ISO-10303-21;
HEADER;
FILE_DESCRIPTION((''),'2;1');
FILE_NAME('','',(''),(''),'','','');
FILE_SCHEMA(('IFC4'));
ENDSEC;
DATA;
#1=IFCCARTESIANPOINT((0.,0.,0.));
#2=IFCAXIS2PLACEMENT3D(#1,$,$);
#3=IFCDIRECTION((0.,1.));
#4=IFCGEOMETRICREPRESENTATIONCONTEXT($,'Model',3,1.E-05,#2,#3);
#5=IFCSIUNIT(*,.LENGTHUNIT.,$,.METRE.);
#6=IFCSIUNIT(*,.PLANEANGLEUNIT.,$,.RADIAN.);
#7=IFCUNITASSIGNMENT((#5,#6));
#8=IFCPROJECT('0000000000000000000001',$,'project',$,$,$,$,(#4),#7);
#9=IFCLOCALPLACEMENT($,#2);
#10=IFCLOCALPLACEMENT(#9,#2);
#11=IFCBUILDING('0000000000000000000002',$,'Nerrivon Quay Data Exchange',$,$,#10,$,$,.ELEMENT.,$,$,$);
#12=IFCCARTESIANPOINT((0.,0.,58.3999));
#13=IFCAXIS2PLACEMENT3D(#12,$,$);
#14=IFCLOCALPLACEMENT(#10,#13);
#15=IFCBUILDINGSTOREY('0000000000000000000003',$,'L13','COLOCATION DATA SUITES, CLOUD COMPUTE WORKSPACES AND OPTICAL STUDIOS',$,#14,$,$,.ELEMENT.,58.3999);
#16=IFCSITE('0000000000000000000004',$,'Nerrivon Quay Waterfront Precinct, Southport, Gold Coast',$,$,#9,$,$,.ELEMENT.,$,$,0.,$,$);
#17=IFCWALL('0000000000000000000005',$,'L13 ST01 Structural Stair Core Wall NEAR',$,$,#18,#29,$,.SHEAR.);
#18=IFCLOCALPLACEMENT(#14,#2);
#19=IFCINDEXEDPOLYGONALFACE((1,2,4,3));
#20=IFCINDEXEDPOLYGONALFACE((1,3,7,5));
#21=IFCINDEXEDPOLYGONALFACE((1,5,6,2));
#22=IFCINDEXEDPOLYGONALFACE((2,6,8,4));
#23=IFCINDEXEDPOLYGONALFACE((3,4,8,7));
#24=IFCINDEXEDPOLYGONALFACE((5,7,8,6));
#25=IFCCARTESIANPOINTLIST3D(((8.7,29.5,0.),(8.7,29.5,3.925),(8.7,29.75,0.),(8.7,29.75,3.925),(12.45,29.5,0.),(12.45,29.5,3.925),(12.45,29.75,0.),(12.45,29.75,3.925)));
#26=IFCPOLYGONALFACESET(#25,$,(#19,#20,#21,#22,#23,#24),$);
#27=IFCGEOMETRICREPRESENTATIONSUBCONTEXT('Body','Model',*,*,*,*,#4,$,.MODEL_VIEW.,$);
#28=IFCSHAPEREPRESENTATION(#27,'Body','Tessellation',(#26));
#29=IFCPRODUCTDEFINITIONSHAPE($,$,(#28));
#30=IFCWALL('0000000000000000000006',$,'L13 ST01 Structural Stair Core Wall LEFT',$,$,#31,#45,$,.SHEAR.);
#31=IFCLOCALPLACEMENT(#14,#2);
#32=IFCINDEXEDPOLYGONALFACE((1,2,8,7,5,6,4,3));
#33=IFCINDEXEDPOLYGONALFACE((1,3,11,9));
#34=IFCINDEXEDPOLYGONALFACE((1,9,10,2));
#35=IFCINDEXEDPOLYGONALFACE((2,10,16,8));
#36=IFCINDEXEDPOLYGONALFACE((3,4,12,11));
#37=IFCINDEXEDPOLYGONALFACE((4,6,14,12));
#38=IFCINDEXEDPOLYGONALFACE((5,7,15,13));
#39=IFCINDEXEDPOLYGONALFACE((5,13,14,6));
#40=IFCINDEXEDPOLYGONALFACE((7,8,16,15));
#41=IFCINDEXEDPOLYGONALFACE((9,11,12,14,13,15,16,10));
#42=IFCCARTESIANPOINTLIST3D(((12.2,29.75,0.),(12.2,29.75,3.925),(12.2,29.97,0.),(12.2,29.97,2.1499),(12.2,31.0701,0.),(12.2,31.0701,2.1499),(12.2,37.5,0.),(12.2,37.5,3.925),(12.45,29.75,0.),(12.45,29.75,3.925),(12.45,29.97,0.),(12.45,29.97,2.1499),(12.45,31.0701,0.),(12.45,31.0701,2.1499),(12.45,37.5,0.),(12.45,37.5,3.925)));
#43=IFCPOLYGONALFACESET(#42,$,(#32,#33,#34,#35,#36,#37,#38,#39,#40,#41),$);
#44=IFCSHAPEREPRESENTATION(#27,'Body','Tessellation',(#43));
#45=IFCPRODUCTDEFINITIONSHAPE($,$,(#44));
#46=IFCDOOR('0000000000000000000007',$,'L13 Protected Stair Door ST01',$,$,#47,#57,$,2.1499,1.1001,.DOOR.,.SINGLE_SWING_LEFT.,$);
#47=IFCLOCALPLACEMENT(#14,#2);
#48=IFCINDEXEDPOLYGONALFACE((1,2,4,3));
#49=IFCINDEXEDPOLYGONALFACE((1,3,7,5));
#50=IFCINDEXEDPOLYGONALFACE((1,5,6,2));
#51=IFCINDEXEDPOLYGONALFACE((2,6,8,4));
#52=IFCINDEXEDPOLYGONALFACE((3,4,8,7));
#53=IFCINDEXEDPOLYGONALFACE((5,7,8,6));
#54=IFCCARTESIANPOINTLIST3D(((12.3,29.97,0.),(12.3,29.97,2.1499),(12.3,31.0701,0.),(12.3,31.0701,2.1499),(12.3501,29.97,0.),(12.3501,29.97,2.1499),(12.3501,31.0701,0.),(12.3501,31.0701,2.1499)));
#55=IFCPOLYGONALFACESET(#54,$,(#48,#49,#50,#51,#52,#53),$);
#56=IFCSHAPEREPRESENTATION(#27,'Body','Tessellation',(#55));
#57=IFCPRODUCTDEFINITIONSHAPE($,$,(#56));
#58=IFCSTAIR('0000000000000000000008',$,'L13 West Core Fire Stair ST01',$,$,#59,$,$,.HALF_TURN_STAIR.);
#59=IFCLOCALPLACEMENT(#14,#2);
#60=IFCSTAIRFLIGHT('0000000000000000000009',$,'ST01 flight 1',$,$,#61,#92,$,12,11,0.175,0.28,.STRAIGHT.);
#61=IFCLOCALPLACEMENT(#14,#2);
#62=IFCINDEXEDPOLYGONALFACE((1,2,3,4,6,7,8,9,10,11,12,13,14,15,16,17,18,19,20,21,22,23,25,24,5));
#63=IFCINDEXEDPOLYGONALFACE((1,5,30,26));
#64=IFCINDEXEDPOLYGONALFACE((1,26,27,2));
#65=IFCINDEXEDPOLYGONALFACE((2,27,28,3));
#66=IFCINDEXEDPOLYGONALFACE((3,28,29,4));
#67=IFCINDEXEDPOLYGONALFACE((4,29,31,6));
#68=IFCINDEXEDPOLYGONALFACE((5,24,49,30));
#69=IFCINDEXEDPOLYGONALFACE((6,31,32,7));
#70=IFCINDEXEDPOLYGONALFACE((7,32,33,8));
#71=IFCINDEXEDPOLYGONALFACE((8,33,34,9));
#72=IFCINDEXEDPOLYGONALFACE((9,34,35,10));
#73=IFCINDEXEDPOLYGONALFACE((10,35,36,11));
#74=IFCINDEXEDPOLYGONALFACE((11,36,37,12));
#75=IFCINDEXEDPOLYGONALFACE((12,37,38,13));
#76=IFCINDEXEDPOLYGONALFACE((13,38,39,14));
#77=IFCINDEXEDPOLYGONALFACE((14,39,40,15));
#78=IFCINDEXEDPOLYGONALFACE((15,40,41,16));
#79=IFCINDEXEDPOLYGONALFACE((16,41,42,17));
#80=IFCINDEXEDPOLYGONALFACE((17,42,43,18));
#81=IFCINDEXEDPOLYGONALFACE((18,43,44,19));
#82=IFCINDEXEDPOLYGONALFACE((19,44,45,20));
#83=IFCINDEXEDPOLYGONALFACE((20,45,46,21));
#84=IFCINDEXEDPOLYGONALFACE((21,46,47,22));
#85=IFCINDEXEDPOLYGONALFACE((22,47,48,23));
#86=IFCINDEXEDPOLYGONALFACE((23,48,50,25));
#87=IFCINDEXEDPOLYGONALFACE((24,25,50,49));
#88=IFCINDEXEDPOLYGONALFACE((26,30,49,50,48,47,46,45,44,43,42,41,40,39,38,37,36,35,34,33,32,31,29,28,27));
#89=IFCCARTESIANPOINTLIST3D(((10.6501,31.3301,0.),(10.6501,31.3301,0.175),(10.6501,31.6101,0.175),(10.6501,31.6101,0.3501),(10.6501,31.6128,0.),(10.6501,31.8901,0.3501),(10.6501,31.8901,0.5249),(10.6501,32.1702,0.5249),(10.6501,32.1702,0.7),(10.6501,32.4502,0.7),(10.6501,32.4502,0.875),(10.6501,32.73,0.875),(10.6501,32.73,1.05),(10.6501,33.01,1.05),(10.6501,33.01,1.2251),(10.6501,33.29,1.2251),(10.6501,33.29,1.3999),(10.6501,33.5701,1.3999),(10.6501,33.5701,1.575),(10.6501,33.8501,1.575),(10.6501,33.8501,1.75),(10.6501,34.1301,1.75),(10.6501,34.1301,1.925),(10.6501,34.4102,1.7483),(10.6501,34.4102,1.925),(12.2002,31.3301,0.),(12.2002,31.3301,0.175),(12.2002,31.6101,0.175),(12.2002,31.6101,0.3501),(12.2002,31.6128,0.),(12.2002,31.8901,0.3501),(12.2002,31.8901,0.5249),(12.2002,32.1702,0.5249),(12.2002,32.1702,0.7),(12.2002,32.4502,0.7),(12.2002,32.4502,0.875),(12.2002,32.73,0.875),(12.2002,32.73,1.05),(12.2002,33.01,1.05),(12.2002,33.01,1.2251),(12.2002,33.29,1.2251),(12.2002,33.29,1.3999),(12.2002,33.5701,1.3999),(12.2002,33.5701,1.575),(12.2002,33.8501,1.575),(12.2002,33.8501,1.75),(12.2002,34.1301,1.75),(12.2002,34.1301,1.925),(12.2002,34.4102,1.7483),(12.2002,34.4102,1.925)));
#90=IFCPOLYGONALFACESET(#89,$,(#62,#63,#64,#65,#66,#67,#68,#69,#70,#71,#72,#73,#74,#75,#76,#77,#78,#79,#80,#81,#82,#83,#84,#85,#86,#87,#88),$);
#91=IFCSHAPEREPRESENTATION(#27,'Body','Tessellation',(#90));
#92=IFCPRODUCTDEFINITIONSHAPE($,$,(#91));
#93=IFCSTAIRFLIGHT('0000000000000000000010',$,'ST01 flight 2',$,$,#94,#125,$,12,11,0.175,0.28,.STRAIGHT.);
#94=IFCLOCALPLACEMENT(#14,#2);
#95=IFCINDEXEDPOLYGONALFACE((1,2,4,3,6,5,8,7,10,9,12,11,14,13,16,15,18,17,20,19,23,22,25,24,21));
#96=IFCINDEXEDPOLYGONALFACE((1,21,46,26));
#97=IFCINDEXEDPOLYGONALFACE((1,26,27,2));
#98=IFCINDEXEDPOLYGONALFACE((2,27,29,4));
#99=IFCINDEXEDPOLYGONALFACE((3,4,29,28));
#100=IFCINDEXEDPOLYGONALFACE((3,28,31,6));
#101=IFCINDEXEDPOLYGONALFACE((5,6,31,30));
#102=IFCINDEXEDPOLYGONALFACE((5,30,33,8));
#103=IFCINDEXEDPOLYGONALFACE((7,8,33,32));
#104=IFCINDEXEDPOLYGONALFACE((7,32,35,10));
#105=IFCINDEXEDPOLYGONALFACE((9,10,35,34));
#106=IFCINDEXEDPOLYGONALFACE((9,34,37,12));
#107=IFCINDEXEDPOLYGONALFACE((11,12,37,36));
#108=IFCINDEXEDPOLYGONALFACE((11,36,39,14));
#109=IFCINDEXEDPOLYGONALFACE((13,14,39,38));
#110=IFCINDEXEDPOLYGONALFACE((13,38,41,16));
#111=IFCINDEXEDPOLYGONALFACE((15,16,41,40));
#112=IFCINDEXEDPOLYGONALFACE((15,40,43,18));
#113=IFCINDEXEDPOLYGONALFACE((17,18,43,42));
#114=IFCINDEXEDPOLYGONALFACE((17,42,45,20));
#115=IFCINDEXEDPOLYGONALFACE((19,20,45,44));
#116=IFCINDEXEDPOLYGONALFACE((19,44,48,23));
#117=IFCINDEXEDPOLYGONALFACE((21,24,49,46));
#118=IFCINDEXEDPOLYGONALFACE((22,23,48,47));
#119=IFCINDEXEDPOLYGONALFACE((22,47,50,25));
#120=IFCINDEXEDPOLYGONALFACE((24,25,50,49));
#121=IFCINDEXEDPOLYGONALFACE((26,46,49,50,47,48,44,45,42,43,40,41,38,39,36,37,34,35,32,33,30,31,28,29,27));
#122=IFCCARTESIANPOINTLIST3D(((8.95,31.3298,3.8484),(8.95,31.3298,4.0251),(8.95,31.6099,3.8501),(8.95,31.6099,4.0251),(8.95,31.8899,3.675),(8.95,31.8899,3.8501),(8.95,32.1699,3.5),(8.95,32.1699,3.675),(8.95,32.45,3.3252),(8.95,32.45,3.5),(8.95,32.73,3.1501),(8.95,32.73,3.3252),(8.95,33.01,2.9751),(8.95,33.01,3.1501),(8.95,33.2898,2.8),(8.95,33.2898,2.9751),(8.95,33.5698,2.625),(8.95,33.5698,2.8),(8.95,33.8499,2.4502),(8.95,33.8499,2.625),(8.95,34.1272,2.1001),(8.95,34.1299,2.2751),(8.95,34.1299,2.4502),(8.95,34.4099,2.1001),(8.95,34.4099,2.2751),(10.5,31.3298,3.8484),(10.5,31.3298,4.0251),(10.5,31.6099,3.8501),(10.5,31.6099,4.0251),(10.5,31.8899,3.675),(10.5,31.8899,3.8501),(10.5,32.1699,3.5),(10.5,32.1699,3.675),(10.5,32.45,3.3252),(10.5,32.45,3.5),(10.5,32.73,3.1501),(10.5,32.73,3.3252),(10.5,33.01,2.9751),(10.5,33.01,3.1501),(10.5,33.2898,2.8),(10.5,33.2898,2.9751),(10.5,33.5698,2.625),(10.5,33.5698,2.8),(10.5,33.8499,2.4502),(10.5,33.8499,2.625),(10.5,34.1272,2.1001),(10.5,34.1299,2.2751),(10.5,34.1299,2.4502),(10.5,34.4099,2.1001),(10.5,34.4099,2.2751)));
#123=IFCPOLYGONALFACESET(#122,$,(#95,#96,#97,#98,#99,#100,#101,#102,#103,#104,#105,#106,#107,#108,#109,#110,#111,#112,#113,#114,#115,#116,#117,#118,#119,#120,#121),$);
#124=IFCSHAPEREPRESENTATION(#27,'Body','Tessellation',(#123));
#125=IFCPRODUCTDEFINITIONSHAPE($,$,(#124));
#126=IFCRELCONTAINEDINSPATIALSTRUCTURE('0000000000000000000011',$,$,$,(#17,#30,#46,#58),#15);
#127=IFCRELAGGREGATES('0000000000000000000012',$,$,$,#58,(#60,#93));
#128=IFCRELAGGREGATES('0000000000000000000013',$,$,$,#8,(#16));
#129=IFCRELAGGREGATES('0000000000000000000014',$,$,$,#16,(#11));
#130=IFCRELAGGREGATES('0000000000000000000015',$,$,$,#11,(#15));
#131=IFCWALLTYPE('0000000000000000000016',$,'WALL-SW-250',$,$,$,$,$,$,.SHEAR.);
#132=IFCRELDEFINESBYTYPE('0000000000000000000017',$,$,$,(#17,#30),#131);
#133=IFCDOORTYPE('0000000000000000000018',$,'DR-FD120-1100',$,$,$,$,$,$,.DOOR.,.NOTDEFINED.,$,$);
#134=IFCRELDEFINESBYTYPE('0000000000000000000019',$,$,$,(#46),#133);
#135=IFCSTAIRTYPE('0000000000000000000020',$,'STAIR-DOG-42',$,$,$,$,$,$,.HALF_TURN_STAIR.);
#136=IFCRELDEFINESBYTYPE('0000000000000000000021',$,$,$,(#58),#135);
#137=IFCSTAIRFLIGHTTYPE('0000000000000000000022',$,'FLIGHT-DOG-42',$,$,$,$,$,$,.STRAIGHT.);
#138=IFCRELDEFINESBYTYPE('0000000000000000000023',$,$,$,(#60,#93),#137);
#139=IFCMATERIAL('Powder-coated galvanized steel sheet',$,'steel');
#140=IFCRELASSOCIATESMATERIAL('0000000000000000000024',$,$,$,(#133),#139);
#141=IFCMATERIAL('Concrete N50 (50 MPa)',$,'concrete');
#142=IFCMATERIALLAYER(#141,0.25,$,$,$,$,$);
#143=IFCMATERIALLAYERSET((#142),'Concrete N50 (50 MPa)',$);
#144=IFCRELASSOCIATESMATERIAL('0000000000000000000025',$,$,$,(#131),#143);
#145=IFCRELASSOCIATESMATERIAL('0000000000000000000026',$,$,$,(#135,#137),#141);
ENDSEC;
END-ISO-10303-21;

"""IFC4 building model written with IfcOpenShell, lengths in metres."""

from ifc_helpers import new_model, si_unit, direction, frame, frame_2d, origin, place, context, subcontext, project, spatial, polyline, rectangle, outline, extrude, material, layer, layer_set, type_object, element, fill, aggregate, save


model = new_model("IFC4")

# Units and contexts
model_context = context("Model", 3, precision=1e-05, world=origin(), true_north=direction((0.0, 1.0)))
body_context = subcontext(model_context, "Body", "Model", "MODEL_VIEW")
ifc_project = project(units=[si_unit("LENGTHUNIT", "METRE"), si_unit("PLANEANGLEUNIT", "RADIAN")], contexts=[model_context])

# Site, building, storey
site_placement = place(None, origin())
site = spatial("IfcSite", under=ifc_project, at=site_placement, Name="Nerrivon Quay Waterfront Precinct, Southport, Gold Coast", CompositionType="ELEMENT", RefElevation=0.0)
building_placement = place(site_placement, origin())
building = spatial("IfcBuilding", under=site, at=building_placement, Name="Nerrivon Quay Data Exchange", CompositionType="ELEMENT")
storey_placement = place(building_placement, frame((0.0, 0.0, 58.3999)))
storey = spatial("IfcBuildingStorey", under=building, at=storey_placement, Name="L13", Description="COLOCATION DATA SUITES, CLOUD COMPUTE WORKSPACES AND OPTICAL STUDIOS", CompositionType="ELEMENT", Elevation=58.3999)

# Shared definitions
ifc_material_1 = material(Name="Powder-coated galvanized steel sheet", Category="steel")
door_type_1 = type_object("IfcDoorType", Name="DR-FD120-1100", OperationType="NOTDEFINED", PredefinedType="DOOR", material=ifc_material_1)

# Wall
ifc_material_2 = material(Name="Concrete N50 (50 MPa)", Category="concrete")
ifc_layer_1 = layer(ifc_material_2, 0.25)
ifc_layer_set_1 = layer_set([ifc_layer_1], Name="Concrete N50 (50 MPa)")
wall_type_1 = type_object("IfcWallType", Name="WALL-SW-250", PredefinedType="SHEAR", material=ifc_layer_set_1)
wall_1_placement = place(storey_placement, frame((12.45, 29.625, 0.0), z_axis=(0.0, 0.0, 1.0), x_axis=(-1.0, 0.0, 0.0)))
element("IfcWall", 1, at=wall_1_placement, inside=storey, type_object=wall_type_1, Name="L13 ST01 Structural Stair Core Wall NEAR", PredefinedType="SHEAR", context=body_context, shape_type="SweptSolid", body=[
    extrude(rectangle(XDim=3.75, YDim=0.25, at=frame_2d((1.875, 0.0))), origin(), (0.0, 0.0, 1.0), 3.925),
])

# Wall, opening, door
wall_2_placement = place(storey_placement, frame((12.325, 29.75, 0.0), z_axis=(0.0, 0.0, 1.0), x_axis=(0.0, 1.0, 0.0)))
wall_2 = element("IfcWall", 2, at=wall_2_placement, inside=storey, type_object=wall_type_1, Name="L13 ST01 Structural Stair Core Wall LEFT", PredefinedType="SHEAR", context=body_context, shape_type="SweptSolid", body=[
    extrude(rectangle(XDim=7.75, YDim=0.25, at=frame_2d((3.875, 0.0))), origin(), (0.0, 0.0, 1.0), 3.925),
])
opening_1_placement = place(wall_2_placement, frame((0.22, 0.0, 0.0)))
opening_1 = element("IfcOpeningElement", 3, at=opening_1_placement, cuts=wall_2, PredefinedType="OPENING", context=body_context, shape_type="SweptSolid", body=[
    extrude(rectangle(XDim=1.1001, YDim=2.1499, at=frame_2d((0.55, 1.075))), frame((0.0, 0.135, 0.0), z_axis=(0.0, -1.0, 0.0), x_axis=(1.0, 0.0, 0.0)), (0.0, 0.0, 1.0), 0.27),
])
door_1_placement = place(opening_1_placement, origin())
door_1 = element("IfcDoor", 4, at=door_1_placement, inside=storey, type_object=door_type_1, Name="L13 Protected Stair Door ST01", OperationType="SINGLE_SWING_LEFT", OverallHeight=2.1499, OverallWidth=1.1001, PredefinedType="DOOR", context=body_context, shape_type="SweptSolid", body=[
    extrude(rectangle(XDim=1.1001, YDim=2.1499, at=frame_2d((0.55, 1.075))), frame((0.0, 0.0249, 0.0), z_axis=(0.0, -1.0, 0.0), x_axis=(1.0, 0.0, 0.0)), (0.0, 0.0, 1.0), 0.05),
])
fill(opening_1, door_1)

# Stair, stair flights
stair_type = type_object("IfcStairType", Name="STAIR-DOG-42", PredefinedType="HALF_TURN_STAIR", material=ifc_material_2)
stair_placement = place(storey_placement, origin())
stair = element("IfcStair", 5, at=stair_placement, inside=storey, type_object=stair_type, Name="L13 West Core Fire Stair ST01", PredefinedType="HALF_TURN_STAIR")
stair_flight_type = type_object("IfcStairFlightType", Name="FLIGHT-DOG-42", PredefinedType="STRAIGHT", material=ifc_material_2)
stair_flight_1_placement = place(storey_placement, frame((11.425, 31.3301, 0.0), z_axis=(0.0, 0.0, 1.0), x_axis=(0.0, 1.0, 0.0)))
stair_flight_1 = element("IfcStairFlight", 6, at=stair_flight_1_placement, type_object=stair_flight_type, Name="ST01 flight 1", NumberOfRisers=12, NumberOfTreads=11, PredefinedType="STRAIGHT", RiserHeight=0.175, TreadLength=0.28, context=body_context, shape_type="SweptSolid", body=[
    extrude(outline(polyline([(0.0, 0.0), (0.0, 0.175), (0.28, 0.175), (0.28, 0.3501), (0.5601, 0.3501), (0.5601, 0.5249), (0.8401, 0.5249), (0.8401, 0.7), (1.1201, 0.7), (1.1201, 0.875), (1.3999, 0.875), (1.3999, 1.05), (1.6799, 1.05), (1.6799, 1.2251), (1.96, 1.2251), (1.96, 1.3999), (2.24, 1.3999), (2.24, 1.575), (2.52, 1.575), (2.52, 1.75), (2.8, 1.75), (2.8, 1.925), (3.0801, 1.925), (3.0801, 2.1001), (3.0801, 1.7483), (0.2827, 0.0), (0.0, 0.0)])), frame((0.0, 0.7749, 0.0), z_axis=(0.0, -1.0, 0.0), x_axis=(1.0, 0.0, 0.0)), (0.0, 0.0, 1.0), 1.55),
])
stair_flight_2_placement = place(storey_placement, frame((9.7251, 34.4099, 2.1001), z_axis=(0.0, 0.0, 1.0), x_axis=(0.0, -1.0, 0.0)))
stair_flight_2 = element("IfcStairFlight", 7, at=stair_flight_2_placement, type_object=stair_flight_type, Name="ST01 flight 2", NumberOfRisers=12, NumberOfTreads=11, PredefinedType="STRAIGHT", RiserHeight=0.175, TreadLength=0.28, context=body_context, shape_type="SweptSolid", body=[
    extrude(outline(polyline([(0.0, 0.0), (0.0, 0.175), (0.28, 0.175), (0.28, 0.3501), (0.5601, 0.3501), (0.5601, 0.5249), (0.8401, 0.5249), (0.8401, 0.7), (1.1201, 0.7), (1.1201, 0.875), (1.3999, 0.875), (1.3999, 1.05), (1.6799, 1.05), (1.6799, 1.2251), (1.96, 1.2251), (1.96, 1.3999), (2.24, 1.3999), (2.24, 1.575), (2.52, 1.575), (2.52, 1.75), (2.8, 1.75), (2.8, 1.925), (3.0801, 1.925), (3.0801, 2.1001), (3.0801, 1.7483), (0.2827, 0.0), (0.0, 0.0)])), frame((0.0, 0.7749, 0.0), z_axis=(0.0, -1.0, 0.0), x_axis=(1.0, 0.0, 0.0)), (0.0, 0.0, 1.0), 1.55),
])
aggregate(stair, [stair_flight_1, stair_flight_2])

save(model, "model.ifc")
